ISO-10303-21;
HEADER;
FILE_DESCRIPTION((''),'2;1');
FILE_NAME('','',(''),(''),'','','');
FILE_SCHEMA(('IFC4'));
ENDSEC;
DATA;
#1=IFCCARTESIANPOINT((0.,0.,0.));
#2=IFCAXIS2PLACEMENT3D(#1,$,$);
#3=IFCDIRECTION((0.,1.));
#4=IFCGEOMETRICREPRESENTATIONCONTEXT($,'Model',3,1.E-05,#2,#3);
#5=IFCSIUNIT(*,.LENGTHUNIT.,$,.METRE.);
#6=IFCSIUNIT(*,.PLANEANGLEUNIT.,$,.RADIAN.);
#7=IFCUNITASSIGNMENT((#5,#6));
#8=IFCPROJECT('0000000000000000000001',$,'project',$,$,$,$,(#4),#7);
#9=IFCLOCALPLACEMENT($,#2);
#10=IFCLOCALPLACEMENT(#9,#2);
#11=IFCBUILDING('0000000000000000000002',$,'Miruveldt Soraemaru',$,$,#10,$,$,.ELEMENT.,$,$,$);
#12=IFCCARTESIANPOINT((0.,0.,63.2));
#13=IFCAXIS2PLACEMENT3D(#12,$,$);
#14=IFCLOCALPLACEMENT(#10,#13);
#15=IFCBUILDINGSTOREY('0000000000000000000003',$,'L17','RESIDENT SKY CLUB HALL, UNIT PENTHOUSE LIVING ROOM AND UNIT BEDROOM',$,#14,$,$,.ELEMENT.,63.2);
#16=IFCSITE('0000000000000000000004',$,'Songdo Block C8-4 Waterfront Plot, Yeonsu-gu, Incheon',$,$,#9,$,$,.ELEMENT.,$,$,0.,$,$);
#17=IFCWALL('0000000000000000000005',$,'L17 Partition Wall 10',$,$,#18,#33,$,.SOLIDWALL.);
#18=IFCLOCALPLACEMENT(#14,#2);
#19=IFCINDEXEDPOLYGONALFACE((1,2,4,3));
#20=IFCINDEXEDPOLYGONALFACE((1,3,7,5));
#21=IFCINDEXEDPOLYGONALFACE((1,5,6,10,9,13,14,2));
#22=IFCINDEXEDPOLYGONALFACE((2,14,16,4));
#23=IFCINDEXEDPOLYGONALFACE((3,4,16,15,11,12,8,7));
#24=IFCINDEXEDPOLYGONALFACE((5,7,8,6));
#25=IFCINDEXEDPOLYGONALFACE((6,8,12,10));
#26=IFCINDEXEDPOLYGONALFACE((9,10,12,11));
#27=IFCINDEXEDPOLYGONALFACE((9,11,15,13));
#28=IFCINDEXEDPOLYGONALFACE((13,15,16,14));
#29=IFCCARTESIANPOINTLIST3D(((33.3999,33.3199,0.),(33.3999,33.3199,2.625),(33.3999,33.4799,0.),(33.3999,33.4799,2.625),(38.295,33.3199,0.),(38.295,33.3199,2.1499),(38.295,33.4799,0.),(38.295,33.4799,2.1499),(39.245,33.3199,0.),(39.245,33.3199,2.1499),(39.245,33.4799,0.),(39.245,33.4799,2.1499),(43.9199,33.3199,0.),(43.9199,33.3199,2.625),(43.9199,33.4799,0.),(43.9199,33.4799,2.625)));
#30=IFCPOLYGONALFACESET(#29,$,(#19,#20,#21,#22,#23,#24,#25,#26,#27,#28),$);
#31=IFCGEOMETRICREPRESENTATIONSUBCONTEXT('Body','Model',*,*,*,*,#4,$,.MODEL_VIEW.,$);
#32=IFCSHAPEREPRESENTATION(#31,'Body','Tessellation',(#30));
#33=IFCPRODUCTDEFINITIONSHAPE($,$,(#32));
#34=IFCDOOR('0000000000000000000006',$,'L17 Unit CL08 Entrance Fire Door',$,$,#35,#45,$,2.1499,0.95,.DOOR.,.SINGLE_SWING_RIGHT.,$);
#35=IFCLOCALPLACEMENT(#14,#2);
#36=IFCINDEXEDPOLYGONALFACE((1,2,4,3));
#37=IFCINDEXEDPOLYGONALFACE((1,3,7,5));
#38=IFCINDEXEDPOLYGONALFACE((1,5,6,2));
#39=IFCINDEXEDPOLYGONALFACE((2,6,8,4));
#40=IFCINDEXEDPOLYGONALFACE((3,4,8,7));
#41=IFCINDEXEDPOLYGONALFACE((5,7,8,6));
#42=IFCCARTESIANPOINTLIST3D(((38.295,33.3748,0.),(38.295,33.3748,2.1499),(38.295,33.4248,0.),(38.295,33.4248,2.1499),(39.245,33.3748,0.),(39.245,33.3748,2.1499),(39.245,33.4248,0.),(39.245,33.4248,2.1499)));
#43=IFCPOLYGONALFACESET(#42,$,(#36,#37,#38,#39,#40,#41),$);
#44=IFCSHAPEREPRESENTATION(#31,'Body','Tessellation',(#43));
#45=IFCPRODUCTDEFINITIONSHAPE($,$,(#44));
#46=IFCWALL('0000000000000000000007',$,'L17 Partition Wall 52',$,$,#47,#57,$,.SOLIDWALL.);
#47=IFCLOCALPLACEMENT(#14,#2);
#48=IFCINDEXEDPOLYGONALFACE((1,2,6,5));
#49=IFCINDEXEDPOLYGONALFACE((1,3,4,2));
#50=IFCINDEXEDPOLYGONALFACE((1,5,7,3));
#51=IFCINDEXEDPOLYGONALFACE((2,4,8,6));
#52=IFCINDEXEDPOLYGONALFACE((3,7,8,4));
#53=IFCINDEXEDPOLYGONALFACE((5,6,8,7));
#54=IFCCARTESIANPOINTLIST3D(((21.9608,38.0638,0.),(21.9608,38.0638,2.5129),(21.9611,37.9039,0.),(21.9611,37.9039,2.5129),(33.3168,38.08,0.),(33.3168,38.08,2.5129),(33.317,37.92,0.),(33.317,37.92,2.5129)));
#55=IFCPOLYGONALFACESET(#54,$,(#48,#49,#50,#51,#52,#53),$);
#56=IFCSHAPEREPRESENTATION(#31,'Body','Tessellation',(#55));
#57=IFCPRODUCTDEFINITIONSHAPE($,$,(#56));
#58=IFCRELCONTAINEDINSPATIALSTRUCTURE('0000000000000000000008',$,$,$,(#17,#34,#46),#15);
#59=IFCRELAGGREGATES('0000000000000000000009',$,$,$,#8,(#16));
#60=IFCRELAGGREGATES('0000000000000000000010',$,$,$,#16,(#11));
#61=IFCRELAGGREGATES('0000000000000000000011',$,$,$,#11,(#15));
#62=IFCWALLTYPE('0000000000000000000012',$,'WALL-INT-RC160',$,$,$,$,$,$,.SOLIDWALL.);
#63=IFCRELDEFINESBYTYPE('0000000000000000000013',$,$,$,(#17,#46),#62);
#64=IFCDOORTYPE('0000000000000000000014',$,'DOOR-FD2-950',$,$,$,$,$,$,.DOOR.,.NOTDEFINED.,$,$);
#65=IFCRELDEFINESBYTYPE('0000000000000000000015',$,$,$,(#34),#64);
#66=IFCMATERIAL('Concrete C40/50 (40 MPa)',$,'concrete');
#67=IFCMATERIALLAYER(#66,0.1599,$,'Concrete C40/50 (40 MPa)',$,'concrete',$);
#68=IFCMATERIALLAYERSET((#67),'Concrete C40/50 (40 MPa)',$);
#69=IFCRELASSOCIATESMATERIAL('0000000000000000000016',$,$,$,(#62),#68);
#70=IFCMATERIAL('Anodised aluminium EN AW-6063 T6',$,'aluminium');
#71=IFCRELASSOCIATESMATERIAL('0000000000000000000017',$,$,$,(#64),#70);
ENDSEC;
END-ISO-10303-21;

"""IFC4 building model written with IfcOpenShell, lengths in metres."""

from ifc_helpers import new_model, si_unit, direction, frame, frame_2d, origin, place, context, subcontext, project, spatial, rectangle, extrude, material, layer, layer_set, type_object, element, fill, save


model = new_model("IFC4")

# Units and contexts
model_context = context("Model", 3, precision=1e-05, world=origin(), true_north=direction((0.0, 1.0)))
body_context = subcontext(model_context, "Body", "Model", "MODEL_VIEW")
ifc_project = project(units=[si_unit("LENGTHUNIT", "METRE"), si_unit("PLANEANGLEUNIT", "RADIAN")], contexts=[model_context])

# Site, building, storey
site_placement = place(None, origin())
site = spatial("IfcSite", under=ifc_project, at=site_placement, Name="Songdo Block C8-4 Waterfront Plot, Yeonsu-gu, Incheon", CompositionType="ELEMENT", RefElevation=0.0)
building_placement = place(site_placement, origin())
building = spatial("IfcBuilding", under=site, at=building_placement, Name="Miruveldt Soraemaru", CompositionType="ELEMENT")
storey_placement = place(building_placement, frame((0.0, 0.0, 63.2)))
storey = spatial("IfcBuildingStorey", under=building, at=storey_placement, Name="L17", Description="RESIDENT SKY CLUB HALL, UNIT PENTHOUSE LIVING ROOM AND UNIT BEDROOM", CompositionType="ELEMENT", Elevation=63.2)

# Shared definitions
ifc_material_1 = material(Name="Anodised aluminium EN AW-6063 T6", Category="aluminium")

# Wall, opening, door
ifc_material_2 = material(Name="Concrete C40/50 (40 MPa)", Category="concrete")
ifc_layer_1 = layer(ifc_material_2, 0.1599, Name="Concrete C40/50 (40 MPa)", Category="concrete")
ifc_layer_set_1 = layer_set([ifc_layer_1], Name="Concrete C40/50 (40 MPa)")
wall_type_1 = type_object("IfcWallType", Name="WALL-INT-RC160", PredefinedType="SOLIDWALL", material=ifc_layer_set_1)
wall_1_placement = place(storey_placement, frame((33.3999, 33.3999, 0.0), z_axis=(0.0, 0.0, 1.0), x_axis=(1.0, 0.0, 0.0)))
wall_1 = element("IfcWall", 1, at=wall_1_placement, inside=storey, type_object=wall_type_1, Name="L17 Partition Wall 10", PredefinedType="SOLIDWALL", context=body_context, shape_type="SweptSolid", body=[
    extrude(rectangle(XDim=10.52, YDim=0.1599, at=frame_2d((5.26, 0.0))), origin(), (0.0, 0.0, 1.0), 2.625),
])
opening_1_placement = place(wall_1_placement, frame((4.895, 0.0, 0.0)))
opening_1 = element("IfcOpeningElement", 2, at=opening_1_placement, cuts=wall_1, PredefinedType="OPENING", context=body_context, shape_type="SweptSolid", body=[
    extrude(rectangle(XDim=0.95, YDim=2.1499, at=frame_2d((0.4751, 1.075))), frame((0.0, 0.0898, 0.0), z_axis=(0.0, -1.0, 0.0), x_axis=(1.0, 0.0, 0.0)), (0.0, 0.0, 1.0), 0.1799),
])
door_type_1 = type_object("IfcDoorType", Name="DOOR-FD2-950", OperationType="NOTDEFINED", PredefinedType="DOOR", material=ifc_material_1)
door_1_placement = place(opening_1_placement, origin())
door_1 = element("IfcDoor", 3, at=door_1_placement, inside=storey, type_object=door_type_1, Name="L17 Unit CL08 Entrance Fire Door", OperationType="SINGLE_SWING_RIGHT", OverallHeight=2.1499, OverallWidth=0.95, PredefinedType="DOOR", context=body_context, shape_type="SweptSolid", body=[
    extrude(rectangle(XDim=0.95, YDim=2.1499, at=frame_2d((0.4751, 1.075))), frame((0.0, 0.0249, 0.0), z_axis=(0.0, -1.0, 0.0), x_axis=(1.0, 0.0, 0.0)), (0.0, 0.0, 1.0), 0.05),
])
fill(opening_1, door_1)

# Wall
wall_2_placement = place(storey_placement, frame((21.9609, 37.9839, 0.0), z_axis=(0.0, 0.0, 1.0), x_axis=(0.999999, 0.001419, 0.0)))
element("IfcWall", 4, at=wall_2_placement, inside=storey, type_object=wall_type_1, Name="L17 Partition Wall 52", PredefinedType="SOLIDWALL", context=body_context, shape_type="SweptSolid", body=[
    extrude(rectangle(XDim=11.356, YDim=0.1599, at=frame_2d((5.678, 0.0))), origin(), (0.0, 0.0, 1.0), 2.5129),
])

save(model, "model.ifc")
